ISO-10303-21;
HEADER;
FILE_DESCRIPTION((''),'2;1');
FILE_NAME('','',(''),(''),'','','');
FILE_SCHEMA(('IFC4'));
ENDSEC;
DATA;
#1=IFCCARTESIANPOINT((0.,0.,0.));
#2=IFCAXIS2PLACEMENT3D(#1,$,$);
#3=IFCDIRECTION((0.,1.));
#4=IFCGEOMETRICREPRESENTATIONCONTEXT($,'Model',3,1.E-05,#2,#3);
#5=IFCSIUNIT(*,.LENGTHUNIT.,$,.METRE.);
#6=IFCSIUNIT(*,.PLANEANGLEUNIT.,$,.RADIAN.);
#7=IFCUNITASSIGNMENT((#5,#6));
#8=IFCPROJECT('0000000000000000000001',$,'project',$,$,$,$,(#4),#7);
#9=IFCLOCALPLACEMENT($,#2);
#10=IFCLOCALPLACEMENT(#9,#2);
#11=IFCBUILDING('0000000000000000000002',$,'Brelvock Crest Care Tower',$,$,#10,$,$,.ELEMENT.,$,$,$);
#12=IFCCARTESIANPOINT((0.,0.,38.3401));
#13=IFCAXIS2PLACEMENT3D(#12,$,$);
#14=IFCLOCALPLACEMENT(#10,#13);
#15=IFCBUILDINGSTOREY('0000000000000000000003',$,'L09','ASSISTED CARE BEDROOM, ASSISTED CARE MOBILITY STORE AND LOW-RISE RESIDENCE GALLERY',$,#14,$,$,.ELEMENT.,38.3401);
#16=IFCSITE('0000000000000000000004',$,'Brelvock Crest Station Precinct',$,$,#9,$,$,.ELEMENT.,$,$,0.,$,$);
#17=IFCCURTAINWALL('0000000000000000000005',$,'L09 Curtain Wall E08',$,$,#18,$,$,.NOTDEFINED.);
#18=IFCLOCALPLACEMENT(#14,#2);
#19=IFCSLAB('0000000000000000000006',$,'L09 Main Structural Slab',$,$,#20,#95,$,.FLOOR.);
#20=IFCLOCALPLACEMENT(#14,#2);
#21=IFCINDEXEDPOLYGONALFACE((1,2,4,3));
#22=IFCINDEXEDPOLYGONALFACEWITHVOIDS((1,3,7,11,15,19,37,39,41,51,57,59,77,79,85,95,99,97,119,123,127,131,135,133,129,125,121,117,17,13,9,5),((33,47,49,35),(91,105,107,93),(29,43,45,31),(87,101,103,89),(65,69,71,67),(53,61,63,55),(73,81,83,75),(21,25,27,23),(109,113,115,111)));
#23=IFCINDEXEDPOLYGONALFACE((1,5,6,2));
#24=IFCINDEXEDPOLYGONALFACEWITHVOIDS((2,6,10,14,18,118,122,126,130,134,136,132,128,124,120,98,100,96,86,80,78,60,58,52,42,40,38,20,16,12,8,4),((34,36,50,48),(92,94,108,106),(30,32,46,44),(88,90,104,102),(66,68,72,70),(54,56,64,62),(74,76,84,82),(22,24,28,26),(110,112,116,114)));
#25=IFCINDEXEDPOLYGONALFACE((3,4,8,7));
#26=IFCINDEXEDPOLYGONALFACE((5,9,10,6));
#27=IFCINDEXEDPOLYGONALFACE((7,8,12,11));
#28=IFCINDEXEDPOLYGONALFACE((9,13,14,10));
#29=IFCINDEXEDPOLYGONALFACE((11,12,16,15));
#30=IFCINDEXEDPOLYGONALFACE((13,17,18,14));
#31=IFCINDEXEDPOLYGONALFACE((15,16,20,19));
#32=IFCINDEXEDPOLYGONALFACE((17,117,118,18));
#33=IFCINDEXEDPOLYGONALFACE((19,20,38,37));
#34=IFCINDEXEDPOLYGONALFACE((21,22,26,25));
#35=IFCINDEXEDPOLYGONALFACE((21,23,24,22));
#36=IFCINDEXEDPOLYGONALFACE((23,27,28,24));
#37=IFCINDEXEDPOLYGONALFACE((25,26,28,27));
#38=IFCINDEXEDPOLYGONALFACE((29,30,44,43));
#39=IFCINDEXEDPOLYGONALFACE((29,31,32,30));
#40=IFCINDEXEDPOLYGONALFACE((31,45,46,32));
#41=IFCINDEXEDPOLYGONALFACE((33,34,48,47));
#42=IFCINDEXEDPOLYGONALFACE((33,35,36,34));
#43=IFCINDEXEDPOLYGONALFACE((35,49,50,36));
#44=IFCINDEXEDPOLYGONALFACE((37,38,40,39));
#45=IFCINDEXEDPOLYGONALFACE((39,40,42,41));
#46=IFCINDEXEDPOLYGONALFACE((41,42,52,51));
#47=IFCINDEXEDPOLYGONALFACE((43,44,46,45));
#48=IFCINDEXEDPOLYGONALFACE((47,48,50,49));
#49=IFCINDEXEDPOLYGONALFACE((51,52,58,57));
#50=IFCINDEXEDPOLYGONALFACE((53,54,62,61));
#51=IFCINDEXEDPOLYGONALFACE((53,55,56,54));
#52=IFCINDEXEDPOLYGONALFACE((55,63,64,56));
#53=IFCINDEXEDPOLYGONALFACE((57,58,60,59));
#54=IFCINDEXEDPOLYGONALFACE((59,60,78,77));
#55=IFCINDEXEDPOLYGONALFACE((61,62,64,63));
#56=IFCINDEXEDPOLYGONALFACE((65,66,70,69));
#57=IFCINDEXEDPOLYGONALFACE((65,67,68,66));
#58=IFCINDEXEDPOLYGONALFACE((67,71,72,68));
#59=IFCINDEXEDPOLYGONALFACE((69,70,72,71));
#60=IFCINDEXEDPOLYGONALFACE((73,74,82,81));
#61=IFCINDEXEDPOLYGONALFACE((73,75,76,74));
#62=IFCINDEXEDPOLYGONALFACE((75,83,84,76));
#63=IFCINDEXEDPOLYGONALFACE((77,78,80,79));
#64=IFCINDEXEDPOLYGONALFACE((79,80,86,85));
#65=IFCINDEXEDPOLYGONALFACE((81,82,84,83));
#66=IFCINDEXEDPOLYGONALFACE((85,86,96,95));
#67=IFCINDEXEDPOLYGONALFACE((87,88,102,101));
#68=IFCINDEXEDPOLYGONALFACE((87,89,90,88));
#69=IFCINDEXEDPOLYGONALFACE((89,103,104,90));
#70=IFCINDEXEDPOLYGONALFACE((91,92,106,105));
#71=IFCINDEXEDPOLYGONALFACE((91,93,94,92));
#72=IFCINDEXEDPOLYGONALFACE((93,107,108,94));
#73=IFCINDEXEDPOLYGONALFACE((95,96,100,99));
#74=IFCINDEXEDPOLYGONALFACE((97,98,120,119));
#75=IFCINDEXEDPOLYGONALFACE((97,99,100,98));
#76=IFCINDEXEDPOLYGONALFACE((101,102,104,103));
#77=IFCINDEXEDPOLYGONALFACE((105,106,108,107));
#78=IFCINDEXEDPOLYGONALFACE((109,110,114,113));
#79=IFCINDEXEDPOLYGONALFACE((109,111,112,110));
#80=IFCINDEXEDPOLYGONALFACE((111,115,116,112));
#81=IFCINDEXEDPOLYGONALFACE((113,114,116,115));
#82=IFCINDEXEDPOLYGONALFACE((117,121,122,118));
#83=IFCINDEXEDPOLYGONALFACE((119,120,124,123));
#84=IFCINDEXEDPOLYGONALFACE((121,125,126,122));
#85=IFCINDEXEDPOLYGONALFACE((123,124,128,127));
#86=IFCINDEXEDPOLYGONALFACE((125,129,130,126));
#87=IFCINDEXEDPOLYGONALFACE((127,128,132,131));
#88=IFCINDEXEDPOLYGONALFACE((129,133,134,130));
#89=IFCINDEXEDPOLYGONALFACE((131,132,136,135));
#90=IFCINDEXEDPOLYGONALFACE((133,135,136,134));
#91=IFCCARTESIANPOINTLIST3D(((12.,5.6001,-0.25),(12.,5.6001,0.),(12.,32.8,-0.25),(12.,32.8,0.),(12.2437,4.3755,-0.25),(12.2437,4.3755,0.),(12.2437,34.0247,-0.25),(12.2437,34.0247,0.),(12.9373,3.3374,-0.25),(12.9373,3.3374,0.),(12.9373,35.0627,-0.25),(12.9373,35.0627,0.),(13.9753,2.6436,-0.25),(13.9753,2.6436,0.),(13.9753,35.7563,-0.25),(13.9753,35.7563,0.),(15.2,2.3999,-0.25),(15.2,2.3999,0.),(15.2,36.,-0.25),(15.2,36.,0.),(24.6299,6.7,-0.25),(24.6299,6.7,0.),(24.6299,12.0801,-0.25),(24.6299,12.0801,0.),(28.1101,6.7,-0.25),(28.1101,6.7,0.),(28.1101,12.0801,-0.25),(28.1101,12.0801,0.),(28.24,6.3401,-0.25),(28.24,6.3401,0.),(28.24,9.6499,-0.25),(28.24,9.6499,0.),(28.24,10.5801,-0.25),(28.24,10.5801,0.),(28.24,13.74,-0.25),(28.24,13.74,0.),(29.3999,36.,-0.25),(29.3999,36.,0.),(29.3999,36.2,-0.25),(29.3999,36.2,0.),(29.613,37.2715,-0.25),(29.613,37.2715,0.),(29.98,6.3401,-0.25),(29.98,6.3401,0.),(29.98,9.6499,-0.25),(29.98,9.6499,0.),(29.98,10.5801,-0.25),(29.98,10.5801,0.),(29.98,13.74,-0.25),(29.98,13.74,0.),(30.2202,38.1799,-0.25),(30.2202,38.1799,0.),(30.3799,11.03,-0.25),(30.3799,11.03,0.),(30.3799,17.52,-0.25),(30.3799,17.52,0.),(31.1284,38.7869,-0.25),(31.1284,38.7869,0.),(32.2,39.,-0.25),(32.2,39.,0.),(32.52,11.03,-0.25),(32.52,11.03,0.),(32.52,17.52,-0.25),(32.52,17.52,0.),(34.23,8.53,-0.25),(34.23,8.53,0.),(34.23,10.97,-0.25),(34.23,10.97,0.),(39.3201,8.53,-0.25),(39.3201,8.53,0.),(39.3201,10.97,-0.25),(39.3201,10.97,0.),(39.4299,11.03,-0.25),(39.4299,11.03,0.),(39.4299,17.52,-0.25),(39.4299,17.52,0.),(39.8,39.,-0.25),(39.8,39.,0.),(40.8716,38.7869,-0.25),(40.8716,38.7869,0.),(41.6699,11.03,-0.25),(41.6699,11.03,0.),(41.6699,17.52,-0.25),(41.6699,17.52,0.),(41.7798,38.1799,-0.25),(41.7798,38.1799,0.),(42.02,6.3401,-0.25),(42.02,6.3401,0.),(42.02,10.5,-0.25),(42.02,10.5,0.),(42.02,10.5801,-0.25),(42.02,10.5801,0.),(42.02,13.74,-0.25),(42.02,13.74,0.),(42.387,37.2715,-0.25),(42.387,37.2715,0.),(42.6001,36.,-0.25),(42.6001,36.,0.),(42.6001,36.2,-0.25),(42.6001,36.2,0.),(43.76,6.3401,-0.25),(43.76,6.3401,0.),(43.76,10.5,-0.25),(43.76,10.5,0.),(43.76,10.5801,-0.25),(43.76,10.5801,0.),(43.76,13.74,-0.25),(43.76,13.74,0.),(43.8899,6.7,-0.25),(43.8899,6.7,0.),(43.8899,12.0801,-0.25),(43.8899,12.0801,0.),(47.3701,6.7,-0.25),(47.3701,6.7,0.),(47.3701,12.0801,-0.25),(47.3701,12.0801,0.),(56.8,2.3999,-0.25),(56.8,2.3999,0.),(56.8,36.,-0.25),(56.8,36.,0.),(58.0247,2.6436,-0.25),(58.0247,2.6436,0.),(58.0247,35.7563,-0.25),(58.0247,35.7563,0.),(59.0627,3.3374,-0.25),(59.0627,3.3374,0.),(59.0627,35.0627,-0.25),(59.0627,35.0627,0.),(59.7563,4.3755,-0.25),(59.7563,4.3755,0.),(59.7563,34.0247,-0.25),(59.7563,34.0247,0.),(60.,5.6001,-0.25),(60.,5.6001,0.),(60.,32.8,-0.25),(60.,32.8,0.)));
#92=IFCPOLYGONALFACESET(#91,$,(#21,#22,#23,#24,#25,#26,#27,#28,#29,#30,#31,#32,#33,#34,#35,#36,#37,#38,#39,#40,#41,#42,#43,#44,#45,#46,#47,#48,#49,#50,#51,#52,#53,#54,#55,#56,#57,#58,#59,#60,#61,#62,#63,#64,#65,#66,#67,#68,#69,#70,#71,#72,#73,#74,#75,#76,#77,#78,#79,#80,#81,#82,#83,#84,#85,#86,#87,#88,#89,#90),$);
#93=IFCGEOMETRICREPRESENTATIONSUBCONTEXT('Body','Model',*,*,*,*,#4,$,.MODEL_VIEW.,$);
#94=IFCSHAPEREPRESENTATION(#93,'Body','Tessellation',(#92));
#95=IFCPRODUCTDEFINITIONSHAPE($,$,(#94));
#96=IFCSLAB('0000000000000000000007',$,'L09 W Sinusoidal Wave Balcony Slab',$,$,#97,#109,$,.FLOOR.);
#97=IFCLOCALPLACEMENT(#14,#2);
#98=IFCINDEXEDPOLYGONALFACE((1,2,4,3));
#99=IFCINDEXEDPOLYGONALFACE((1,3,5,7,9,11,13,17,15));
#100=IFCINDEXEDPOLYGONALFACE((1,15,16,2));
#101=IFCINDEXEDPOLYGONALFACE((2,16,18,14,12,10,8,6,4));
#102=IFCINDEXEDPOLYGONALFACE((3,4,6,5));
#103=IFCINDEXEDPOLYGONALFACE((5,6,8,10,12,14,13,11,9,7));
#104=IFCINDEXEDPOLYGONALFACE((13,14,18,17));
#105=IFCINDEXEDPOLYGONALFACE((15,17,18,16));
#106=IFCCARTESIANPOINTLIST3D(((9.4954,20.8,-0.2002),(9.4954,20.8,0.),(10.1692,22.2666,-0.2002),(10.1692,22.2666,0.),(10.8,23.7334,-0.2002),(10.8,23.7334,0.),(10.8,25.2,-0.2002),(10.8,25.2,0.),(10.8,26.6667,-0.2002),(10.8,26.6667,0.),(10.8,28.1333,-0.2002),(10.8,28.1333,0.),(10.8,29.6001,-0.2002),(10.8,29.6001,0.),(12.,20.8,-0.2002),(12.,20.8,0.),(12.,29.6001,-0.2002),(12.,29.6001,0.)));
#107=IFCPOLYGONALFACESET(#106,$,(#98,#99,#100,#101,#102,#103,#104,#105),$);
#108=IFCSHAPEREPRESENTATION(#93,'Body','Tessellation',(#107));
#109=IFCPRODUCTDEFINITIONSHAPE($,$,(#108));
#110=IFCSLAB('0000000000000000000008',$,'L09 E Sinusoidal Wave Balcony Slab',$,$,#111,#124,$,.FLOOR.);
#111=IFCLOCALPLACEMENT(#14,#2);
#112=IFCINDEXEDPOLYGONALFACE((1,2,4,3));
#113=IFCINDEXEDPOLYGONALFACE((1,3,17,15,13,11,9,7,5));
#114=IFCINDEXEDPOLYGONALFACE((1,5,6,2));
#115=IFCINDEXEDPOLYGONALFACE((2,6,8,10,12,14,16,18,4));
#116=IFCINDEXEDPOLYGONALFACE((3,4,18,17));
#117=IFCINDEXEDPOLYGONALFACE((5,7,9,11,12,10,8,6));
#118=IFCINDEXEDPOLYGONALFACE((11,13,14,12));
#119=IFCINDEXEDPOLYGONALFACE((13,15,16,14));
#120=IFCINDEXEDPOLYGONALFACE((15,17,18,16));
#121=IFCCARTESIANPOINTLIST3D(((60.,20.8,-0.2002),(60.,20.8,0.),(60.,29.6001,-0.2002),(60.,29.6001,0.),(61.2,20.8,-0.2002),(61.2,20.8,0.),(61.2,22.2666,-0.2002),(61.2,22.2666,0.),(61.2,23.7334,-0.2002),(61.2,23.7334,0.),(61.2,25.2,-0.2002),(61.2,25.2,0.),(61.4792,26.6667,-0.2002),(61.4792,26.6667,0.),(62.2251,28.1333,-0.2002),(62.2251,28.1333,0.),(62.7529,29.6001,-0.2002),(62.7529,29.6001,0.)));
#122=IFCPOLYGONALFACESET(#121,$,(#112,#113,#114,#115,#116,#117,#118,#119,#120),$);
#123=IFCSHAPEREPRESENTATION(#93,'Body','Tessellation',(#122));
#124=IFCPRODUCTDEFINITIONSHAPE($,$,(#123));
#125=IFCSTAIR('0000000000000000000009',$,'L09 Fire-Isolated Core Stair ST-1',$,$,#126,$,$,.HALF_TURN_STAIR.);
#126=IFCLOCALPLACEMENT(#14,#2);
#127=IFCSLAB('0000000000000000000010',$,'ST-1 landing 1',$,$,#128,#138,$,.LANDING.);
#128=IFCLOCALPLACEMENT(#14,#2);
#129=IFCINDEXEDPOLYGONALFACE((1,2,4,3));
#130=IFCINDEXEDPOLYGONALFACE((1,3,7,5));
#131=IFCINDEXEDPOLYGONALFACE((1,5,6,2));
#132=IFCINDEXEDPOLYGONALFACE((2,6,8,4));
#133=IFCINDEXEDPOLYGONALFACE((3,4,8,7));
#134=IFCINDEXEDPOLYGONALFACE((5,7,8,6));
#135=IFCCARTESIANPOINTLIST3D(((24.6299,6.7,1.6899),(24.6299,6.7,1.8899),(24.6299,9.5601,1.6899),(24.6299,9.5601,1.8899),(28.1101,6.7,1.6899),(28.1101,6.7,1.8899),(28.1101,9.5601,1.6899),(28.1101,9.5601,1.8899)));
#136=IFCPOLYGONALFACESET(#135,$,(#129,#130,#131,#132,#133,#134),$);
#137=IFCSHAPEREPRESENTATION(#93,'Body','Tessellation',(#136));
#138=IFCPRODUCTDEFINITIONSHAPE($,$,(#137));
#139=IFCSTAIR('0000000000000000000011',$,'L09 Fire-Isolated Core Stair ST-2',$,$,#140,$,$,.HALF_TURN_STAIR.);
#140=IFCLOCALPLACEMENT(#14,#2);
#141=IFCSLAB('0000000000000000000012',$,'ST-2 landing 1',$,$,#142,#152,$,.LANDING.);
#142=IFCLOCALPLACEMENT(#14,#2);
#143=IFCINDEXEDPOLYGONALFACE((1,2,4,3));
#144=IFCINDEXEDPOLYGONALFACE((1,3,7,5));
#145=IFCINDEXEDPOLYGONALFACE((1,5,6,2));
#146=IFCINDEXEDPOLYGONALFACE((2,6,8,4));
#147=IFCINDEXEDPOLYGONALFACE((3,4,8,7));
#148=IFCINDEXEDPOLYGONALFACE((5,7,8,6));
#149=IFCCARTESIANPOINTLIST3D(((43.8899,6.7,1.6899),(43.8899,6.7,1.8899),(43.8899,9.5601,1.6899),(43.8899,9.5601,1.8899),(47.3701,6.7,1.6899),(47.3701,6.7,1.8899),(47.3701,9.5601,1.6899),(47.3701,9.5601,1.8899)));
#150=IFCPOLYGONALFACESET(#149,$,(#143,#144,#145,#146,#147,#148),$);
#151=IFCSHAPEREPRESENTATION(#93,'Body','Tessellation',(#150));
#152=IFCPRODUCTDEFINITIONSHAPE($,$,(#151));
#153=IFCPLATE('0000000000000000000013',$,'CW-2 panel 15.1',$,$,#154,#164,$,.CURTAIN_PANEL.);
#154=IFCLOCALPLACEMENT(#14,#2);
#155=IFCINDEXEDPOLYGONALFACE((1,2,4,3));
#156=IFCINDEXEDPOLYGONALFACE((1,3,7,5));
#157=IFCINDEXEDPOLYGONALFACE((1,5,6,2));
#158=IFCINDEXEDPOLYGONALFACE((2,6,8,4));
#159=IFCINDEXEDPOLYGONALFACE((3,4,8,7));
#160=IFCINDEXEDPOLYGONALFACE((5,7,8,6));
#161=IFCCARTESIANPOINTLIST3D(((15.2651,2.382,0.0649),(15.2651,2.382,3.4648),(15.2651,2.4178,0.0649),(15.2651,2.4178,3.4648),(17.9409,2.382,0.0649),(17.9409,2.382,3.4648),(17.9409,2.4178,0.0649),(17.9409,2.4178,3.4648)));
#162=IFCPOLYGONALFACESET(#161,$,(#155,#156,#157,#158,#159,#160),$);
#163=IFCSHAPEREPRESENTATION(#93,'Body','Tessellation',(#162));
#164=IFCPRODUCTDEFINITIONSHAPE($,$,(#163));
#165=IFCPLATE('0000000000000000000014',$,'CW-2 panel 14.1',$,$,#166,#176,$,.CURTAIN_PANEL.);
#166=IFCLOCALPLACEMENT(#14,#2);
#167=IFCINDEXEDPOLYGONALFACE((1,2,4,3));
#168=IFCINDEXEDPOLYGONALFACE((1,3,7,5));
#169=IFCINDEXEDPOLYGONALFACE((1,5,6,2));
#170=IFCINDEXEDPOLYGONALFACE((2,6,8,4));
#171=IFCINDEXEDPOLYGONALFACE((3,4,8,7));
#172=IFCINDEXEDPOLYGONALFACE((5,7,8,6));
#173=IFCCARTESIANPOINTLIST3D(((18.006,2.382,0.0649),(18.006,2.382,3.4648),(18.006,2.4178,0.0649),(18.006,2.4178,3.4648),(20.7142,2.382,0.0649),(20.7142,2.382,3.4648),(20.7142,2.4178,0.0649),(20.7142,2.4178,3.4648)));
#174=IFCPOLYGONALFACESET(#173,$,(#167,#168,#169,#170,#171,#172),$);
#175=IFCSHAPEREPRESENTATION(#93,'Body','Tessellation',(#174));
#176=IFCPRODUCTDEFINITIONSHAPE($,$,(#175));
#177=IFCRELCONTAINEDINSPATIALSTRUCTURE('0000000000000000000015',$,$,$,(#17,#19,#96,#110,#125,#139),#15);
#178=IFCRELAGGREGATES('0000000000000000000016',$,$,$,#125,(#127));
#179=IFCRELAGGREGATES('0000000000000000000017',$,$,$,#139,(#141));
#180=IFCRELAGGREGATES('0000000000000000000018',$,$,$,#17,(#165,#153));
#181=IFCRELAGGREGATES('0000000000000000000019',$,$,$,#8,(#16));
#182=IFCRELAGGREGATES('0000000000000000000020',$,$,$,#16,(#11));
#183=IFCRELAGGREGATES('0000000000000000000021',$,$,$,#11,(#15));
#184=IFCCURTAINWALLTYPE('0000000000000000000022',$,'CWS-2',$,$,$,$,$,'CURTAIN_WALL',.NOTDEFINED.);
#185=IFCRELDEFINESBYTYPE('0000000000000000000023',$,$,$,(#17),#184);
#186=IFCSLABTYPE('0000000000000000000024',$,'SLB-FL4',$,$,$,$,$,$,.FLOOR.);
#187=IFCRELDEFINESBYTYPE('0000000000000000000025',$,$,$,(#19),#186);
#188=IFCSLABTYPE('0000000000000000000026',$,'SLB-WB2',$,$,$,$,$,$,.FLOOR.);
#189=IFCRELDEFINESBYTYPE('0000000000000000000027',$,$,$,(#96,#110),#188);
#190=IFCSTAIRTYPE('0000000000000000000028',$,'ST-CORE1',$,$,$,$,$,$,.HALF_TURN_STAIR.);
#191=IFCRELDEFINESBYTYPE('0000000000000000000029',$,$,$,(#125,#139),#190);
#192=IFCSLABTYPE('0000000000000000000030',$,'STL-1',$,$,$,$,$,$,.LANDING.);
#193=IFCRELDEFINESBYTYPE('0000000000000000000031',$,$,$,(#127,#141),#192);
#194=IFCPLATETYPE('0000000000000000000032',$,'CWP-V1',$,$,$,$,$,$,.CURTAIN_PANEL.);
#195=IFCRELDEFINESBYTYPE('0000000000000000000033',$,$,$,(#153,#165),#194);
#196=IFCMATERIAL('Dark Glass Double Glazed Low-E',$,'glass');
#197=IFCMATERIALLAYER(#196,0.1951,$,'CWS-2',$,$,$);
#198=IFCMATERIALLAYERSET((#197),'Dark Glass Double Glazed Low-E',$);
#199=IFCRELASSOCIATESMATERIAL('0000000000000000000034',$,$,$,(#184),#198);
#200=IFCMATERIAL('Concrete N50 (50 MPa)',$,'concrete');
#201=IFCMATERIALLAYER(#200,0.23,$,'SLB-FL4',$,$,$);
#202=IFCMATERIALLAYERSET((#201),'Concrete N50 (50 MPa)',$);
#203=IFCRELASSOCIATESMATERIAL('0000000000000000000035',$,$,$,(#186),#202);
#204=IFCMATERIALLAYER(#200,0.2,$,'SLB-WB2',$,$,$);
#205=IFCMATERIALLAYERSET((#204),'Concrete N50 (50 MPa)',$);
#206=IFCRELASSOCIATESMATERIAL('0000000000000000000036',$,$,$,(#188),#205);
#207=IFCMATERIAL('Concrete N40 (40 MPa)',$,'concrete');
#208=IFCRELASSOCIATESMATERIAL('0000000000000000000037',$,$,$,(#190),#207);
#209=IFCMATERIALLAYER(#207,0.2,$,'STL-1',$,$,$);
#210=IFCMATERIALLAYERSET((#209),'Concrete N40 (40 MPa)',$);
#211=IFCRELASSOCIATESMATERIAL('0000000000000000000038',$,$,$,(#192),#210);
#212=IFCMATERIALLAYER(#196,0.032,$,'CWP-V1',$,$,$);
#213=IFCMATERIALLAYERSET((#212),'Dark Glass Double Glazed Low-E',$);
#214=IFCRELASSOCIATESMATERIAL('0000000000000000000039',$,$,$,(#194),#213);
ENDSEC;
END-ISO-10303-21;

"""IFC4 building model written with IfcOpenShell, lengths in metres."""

from ifc_helpers import new_model, si_unit, direction, frame, origin, origin_2d, place, context, subcontext, project, spatial, polyline, rectangle, outline, extrude, source, transform, mapped, material, layer, layer_set, type_object, element, aggregate, save


model = new_model("IFC4")

# Units and contexts
model_context = context("Model", 3, precision=1e-05, world=origin(), true_north=direction((0.0, 1.0)))
body_context = subcontext(model_context, "Body", "Model", "MODEL_VIEW")
ifc_project = project(units=[si_unit("LENGTHUNIT", "METRE"), si_unit("PLANEANGLEUNIT", "RADIAN")], contexts=[model_context])

# Site, building, storey
site_placement = place(None, origin())
site = spatial("IfcSite", under=ifc_project, at=site_placement, Name="Brelvock Crest Station Precinct", CompositionType="ELEMENT", RefElevation=0.0)
building_placement = place(site_placement, origin())
building = spatial("IfcBuilding", under=site, at=building_placement, Name="Brelvock Crest Care Tower", CompositionType="ELEMENT")
storey_placement = place(building_placement, frame((0.0, 0.0, 38.3401)))
storey = spatial("IfcBuildingStorey", under=building, at=storey_placement, Name="L09", Description="ASSISTED CARE BEDROOM, ASSISTED CARE MOBILITY STORE AND LOW-RISE RESIDENCE GALLERY", CompositionType="ELEMENT", Elevation=38.3401)

# Curtain wall
ifc_material_1 = material(Name="Dark Glass Double Glazed Low-E", Category="glass")
ifc_layer_1 = layer(ifc_material_1, 0.1951, Name="CWS-2")
ifc_layer_set_1 = layer_set([ifc_layer_1], Name="Dark Glass Double Glazed Low-E")
curtain_wall_type = type_object("IfcCurtainWallType", Name="CWS-2", ElementType="CURTAIN_WALL", PredefinedType="NOTDEFINED", material=ifc_layer_set_1)
curtain_wall_1_placement = place(storey_placement, origin())
curtain_wall_1 = element("IfcCurtainWall", 1, at=curtain_wall_1_placement, inside=storey, type_object=curtain_wall_type, Name="L09 Curtain Wall E08", PredefinedType="NOTDEFINED")

# Slabs
ifc_material_2 = material(Name="Concrete N50 (50 MPa)", Category="concrete")
ifc_layer_2 = layer(ifc_material_2, 0.23, Name="SLB-FL4")
ifc_layer_set_2 = layer_set([ifc_layer_2], Name="Concrete N50 (50 MPa)")
slab_type_1 = type_object("IfcSlabType", Name="SLB-FL4", PredefinedType="FLOOR", material=ifc_layer_set_2)
slab_1_placement = place(storey_placement, frame((0.0, 0.0, -0.25)))
element("IfcSlab", 2, at=slab_1_placement, inside=storey, type_object=slab_type_1, Name="L09 Main Structural Slab", PredefinedType="FLOOR", context=body_context, shape_type="SweptSolid", body=[
    extrude(outline(polyline([(56.8, 36.0), (42.6001, 36.0), (42.6001, 36.2), (42.387, 37.2715), (41.7798, 38.1799), (40.8716, 38.7869), (39.8, 39.0), (32.2, 39.0), (31.1284, 38.7869), (30.2202, 38.1799), (29.613, 37.2715), (29.3999, 36.2), (29.3999, 36.0), (15.2, 36.0), (13.9753, 35.7563), (12.9373, 35.0627), (12.2437, 34.0247), (12.0, 32.8), (12.0, 5.6001), (12.2437, 4.3755), (12.9373, 3.3374), (13.9753, 2.6436), (15.2, 2.3999), (56.8, 2.3999), (58.0247, 2.6436), (59.0627, 3.3374), (59.7563, 4.3755), (60.0, 5.6001), (60.0, 32.8), (59.7563, 34.0247), (59.0627, 35.0627), (58.0247, 35.7563), (56.8, 36.0)]), holes=[polyline([(28.24, 10.5801), (29.98, 10.5801), (29.98, 13.74), (28.24, 13.74), (28.24, 10.5801)]), polyline([(42.02, 10.5801), (43.76, 10.5801), (43.76, 13.74), (42.02, 13.74), (42.02, 10.5801)]), polyline([(28.24, 6.3401), (29.98, 6.3401), (29.98, 9.6499), (28.24, 9.6499), (28.24, 6.3401)]), polyline([(24.6299, 12.0801), (24.6299, 6.7), (28.1101, 6.7), (28.1101, 12.0801), (24.6299, 12.0801)]), polyline([(43.8899, 12.0801), (43.8899, 6.7), (47.3701, 6.7), (47.3701, 12.0801), (43.8899, 12.0801)]), polyline([(42.02, 6.3401), (43.76, 6.3401), (43.76, 10.5), (42.02, 10.5), (42.02, 6.3401)]), polyline([(30.3799, 11.03), (32.52, 11.03), (32.52, 17.52), (30.3799, 17.52), (30.3799, 11.03)]), polyline([(34.23, 8.53), (39.3201, 8.53), (39.3201, 10.97), (34.23, 10.97), (34.23, 8.53)]), polyline([(39.4299, 11.03), (41.6699, 11.03), (41.6699, 17.52), (39.4299, 17.52), (39.4299, 11.03)])]), origin(), (0.0, 0.0, 1.0), 0.25),
])
ifc_layer_3 = layer(ifc_material_2, 0.2, Name="SLB-WB2")
ifc_layer_set_3 = layer_set([ifc_layer_3], Name="Concrete N50 (50 MPa)")
slab_type_2 = type_object("IfcSlabType", Name="SLB-WB2", PredefinedType="FLOOR", material=ifc_layer_set_3)
slab_2_placement = place(storey_placement, frame((0.0, 0.0, -0.2002)))
element("IfcSlab", 3, at=slab_2_placement, inside=storey, type_object=slab_type_2, Name="L09 W Sinusoidal Wave Balcony Slab", PredefinedType="FLOOR", context=body_context, shape_type="SweptSolid", body=[
    extrude(outline(polyline([(12.0, 29.6001), (10.8, 29.6001), (10.8, 28.1333), (10.8, 26.6667), (10.8, 25.2), (10.8, 23.7334), (10.1692, 22.2666), (9.4954, 20.8), (12.0, 20.8), (12.0, 29.6001)])), origin(), (0.0, 0.0, 1.0), 0.2002),
])
slab_3_placement = place(storey_placement, frame((0.0, 0.0, -0.2002)))
element("IfcSlab", 4, at=slab_3_placement, inside=storey, type_object=slab_type_2, Name="L09 E Sinusoidal Wave Balcony Slab", PredefinedType="FLOOR", context=body_context, shape_type="SweptSolid", body=[
    extrude(outline(polyline([(60.0, 20.8), (61.2, 20.8), (61.2, 22.2666), (61.2, 23.7334), (61.2, 25.2), (61.4792, 26.6667), (62.2251, 28.1333), (62.7529, 29.6001), (60.0, 29.6001), (60.0, 20.8)])), origin(), (0.0, 0.0, 1.0), 0.2002),
])

# Stairs, slabs
ifc_material_3 = material(Name="Concrete N40 (40 MPa)", Category="concrete")
stair_type = type_object("IfcStairType", Name="ST-CORE1", PredefinedType="HALF_TURN_STAIR", material=ifc_material_3)
stair_1_placement = place(storey_placement, origin())
stair_1 = element("IfcStair", 5, at=stair_1_placement, inside=storey, type_object=stair_type, Name="L09 Fire-Isolated Core Stair ST-1", PredefinedType="HALF_TURN_STAIR")
ifc_layer_4 = layer(ifc_material_3, 0.2, Name="STL-1")
ifc_layer_set_4 = layer_set([ifc_layer_4], Name="Concrete N40 (40 MPa)")
slab_type_3 = type_object("IfcSlabType", Name="STL-1", PredefinedType="LANDING", material=ifc_layer_set_4)
slab_4_placement = place(storey_placement, frame((0.0, 0.0, 1.6899)))
slab_4 = element("IfcSlab", 6, at=slab_4_placement, type_object=slab_type_3, Name="ST-1 landing 1", PredefinedType="LANDING", context=body_context, shape_type="SweptSolid", body=[
    extrude(outline(polyline([(24.6299, 9.5601), (24.6299, 6.7), (28.1101, 6.7), (28.1101, 9.5601), (24.6299, 9.5601)])), origin(), (0.0, 0.0, 1.0), 0.2),
])
aggregate(stair_1, [slab_4])
stair_2_placement = place(storey_placement, origin())
stair_2 = element("IfcStair", 7, at=stair_2_placement, inside=storey, type_object=stair_type, Name="L09 Fire-Isolated Core Stair ST-2", PredefinedType="HALF_TURN_STAIR")
slab_5_placement = place(storey_placement, frame((0.0, 0.0, 1.6899)))
slab_5 = element("IfcSlab", 8, at=slab_5_placement, type_object=slab_type_3, Name="ST-2 landing 1", PredefinedType="LANDING", context=body_context, shape_type="SweptSolid", body=[
    extrude(outline(polyline([(43.8899, 9.5601), (43.8899, 6.7), (47.3701, 6.7), (47.3701, 9.5601), (43.8899, 9.5601)])), origin(), (0.0, 0.0, 1.0), 0.2),
])
aggregate(stair_2, [slab_5])

# Plates
ifc_layer_5 = layer(ifc_material_1, 0.032, Name="CWP-V1")
ifc_layer_set_5 = layer_set([ifc_layer_5], Name="Dark Glass Double Glazed Low-E")
plate_type = type_object("IfcPlateType", Name="CWP-V1", PredefinedType="CURTAIN_PANEL", material=ifc_layer_set_5)
shared_shape_1 = source(origin(), body_context, "Body", "SweptSolid", [
    extrude(rectangle(XDim=2.6758, YDim=0.0359, at=origin_2d()), origin(), (0.0, 0.0, 1.0), 3.3999),
])
plate_1_placement = place(storey_placement, frame((16.603, 2.3999, 0.0649), z_axis=(0.0, 0.0, 1.0), x_axis=(-1.0, 0.0, 0.0)))
plate_1 = element("IfcPlate", 9, at=plate_1_placement, type_object=plate_type, Name="CW-2 panel 15.1", PredefinedType="CURTAIN_PANEL", context=body_context, shape_type="MappedRepresentation", body=[
    mapped(shared_shape_1, transform((0.0, 0.0, 0.0), x_axis=(1.0, 0.0, 0.0), y_axis=(0.0, 1.0, 0.0), z_axis=(0.0, 0.0, 1.0), scale=1.0)),
])
shared_shape_2 = source(origin(), body_context, "Body", "SweptSolid", [
    extrude(rectangle(XDim=2.7083, YDim=0.0359, at=origin_2d()), origin(), (0.0, 0.0, 1.0), 3.3999),
])
plate_2_placement = place(storey_placement, frame((19.3601, 2.3999, 0.0649), z_axis=(0.0, 0.0, 1.0), x_axis=(-1.0, 0.0, 0.0)))
plate_2 = element("IfcPlate", 10, at=plate_2_placement, type_object=plate_type, Name="CW-2 panel 14.1", PredefinedType="CURTAIN_PANEL", context=body_context, shape_type="MappedRepresentation", body=[
    mapped(shared_shape_2, transform((0.0, 0.0, 0.0), x_axis=(1.0, 0.0, 0.0), y_axis=(0.0, 1.0, 0.0), z_axis=(0.0, 0.0, 1.0), scale=1.0)),
])
aggregate(curtain_wall_1, [plate_2, plate_1])

save(model, "model.ifc")
